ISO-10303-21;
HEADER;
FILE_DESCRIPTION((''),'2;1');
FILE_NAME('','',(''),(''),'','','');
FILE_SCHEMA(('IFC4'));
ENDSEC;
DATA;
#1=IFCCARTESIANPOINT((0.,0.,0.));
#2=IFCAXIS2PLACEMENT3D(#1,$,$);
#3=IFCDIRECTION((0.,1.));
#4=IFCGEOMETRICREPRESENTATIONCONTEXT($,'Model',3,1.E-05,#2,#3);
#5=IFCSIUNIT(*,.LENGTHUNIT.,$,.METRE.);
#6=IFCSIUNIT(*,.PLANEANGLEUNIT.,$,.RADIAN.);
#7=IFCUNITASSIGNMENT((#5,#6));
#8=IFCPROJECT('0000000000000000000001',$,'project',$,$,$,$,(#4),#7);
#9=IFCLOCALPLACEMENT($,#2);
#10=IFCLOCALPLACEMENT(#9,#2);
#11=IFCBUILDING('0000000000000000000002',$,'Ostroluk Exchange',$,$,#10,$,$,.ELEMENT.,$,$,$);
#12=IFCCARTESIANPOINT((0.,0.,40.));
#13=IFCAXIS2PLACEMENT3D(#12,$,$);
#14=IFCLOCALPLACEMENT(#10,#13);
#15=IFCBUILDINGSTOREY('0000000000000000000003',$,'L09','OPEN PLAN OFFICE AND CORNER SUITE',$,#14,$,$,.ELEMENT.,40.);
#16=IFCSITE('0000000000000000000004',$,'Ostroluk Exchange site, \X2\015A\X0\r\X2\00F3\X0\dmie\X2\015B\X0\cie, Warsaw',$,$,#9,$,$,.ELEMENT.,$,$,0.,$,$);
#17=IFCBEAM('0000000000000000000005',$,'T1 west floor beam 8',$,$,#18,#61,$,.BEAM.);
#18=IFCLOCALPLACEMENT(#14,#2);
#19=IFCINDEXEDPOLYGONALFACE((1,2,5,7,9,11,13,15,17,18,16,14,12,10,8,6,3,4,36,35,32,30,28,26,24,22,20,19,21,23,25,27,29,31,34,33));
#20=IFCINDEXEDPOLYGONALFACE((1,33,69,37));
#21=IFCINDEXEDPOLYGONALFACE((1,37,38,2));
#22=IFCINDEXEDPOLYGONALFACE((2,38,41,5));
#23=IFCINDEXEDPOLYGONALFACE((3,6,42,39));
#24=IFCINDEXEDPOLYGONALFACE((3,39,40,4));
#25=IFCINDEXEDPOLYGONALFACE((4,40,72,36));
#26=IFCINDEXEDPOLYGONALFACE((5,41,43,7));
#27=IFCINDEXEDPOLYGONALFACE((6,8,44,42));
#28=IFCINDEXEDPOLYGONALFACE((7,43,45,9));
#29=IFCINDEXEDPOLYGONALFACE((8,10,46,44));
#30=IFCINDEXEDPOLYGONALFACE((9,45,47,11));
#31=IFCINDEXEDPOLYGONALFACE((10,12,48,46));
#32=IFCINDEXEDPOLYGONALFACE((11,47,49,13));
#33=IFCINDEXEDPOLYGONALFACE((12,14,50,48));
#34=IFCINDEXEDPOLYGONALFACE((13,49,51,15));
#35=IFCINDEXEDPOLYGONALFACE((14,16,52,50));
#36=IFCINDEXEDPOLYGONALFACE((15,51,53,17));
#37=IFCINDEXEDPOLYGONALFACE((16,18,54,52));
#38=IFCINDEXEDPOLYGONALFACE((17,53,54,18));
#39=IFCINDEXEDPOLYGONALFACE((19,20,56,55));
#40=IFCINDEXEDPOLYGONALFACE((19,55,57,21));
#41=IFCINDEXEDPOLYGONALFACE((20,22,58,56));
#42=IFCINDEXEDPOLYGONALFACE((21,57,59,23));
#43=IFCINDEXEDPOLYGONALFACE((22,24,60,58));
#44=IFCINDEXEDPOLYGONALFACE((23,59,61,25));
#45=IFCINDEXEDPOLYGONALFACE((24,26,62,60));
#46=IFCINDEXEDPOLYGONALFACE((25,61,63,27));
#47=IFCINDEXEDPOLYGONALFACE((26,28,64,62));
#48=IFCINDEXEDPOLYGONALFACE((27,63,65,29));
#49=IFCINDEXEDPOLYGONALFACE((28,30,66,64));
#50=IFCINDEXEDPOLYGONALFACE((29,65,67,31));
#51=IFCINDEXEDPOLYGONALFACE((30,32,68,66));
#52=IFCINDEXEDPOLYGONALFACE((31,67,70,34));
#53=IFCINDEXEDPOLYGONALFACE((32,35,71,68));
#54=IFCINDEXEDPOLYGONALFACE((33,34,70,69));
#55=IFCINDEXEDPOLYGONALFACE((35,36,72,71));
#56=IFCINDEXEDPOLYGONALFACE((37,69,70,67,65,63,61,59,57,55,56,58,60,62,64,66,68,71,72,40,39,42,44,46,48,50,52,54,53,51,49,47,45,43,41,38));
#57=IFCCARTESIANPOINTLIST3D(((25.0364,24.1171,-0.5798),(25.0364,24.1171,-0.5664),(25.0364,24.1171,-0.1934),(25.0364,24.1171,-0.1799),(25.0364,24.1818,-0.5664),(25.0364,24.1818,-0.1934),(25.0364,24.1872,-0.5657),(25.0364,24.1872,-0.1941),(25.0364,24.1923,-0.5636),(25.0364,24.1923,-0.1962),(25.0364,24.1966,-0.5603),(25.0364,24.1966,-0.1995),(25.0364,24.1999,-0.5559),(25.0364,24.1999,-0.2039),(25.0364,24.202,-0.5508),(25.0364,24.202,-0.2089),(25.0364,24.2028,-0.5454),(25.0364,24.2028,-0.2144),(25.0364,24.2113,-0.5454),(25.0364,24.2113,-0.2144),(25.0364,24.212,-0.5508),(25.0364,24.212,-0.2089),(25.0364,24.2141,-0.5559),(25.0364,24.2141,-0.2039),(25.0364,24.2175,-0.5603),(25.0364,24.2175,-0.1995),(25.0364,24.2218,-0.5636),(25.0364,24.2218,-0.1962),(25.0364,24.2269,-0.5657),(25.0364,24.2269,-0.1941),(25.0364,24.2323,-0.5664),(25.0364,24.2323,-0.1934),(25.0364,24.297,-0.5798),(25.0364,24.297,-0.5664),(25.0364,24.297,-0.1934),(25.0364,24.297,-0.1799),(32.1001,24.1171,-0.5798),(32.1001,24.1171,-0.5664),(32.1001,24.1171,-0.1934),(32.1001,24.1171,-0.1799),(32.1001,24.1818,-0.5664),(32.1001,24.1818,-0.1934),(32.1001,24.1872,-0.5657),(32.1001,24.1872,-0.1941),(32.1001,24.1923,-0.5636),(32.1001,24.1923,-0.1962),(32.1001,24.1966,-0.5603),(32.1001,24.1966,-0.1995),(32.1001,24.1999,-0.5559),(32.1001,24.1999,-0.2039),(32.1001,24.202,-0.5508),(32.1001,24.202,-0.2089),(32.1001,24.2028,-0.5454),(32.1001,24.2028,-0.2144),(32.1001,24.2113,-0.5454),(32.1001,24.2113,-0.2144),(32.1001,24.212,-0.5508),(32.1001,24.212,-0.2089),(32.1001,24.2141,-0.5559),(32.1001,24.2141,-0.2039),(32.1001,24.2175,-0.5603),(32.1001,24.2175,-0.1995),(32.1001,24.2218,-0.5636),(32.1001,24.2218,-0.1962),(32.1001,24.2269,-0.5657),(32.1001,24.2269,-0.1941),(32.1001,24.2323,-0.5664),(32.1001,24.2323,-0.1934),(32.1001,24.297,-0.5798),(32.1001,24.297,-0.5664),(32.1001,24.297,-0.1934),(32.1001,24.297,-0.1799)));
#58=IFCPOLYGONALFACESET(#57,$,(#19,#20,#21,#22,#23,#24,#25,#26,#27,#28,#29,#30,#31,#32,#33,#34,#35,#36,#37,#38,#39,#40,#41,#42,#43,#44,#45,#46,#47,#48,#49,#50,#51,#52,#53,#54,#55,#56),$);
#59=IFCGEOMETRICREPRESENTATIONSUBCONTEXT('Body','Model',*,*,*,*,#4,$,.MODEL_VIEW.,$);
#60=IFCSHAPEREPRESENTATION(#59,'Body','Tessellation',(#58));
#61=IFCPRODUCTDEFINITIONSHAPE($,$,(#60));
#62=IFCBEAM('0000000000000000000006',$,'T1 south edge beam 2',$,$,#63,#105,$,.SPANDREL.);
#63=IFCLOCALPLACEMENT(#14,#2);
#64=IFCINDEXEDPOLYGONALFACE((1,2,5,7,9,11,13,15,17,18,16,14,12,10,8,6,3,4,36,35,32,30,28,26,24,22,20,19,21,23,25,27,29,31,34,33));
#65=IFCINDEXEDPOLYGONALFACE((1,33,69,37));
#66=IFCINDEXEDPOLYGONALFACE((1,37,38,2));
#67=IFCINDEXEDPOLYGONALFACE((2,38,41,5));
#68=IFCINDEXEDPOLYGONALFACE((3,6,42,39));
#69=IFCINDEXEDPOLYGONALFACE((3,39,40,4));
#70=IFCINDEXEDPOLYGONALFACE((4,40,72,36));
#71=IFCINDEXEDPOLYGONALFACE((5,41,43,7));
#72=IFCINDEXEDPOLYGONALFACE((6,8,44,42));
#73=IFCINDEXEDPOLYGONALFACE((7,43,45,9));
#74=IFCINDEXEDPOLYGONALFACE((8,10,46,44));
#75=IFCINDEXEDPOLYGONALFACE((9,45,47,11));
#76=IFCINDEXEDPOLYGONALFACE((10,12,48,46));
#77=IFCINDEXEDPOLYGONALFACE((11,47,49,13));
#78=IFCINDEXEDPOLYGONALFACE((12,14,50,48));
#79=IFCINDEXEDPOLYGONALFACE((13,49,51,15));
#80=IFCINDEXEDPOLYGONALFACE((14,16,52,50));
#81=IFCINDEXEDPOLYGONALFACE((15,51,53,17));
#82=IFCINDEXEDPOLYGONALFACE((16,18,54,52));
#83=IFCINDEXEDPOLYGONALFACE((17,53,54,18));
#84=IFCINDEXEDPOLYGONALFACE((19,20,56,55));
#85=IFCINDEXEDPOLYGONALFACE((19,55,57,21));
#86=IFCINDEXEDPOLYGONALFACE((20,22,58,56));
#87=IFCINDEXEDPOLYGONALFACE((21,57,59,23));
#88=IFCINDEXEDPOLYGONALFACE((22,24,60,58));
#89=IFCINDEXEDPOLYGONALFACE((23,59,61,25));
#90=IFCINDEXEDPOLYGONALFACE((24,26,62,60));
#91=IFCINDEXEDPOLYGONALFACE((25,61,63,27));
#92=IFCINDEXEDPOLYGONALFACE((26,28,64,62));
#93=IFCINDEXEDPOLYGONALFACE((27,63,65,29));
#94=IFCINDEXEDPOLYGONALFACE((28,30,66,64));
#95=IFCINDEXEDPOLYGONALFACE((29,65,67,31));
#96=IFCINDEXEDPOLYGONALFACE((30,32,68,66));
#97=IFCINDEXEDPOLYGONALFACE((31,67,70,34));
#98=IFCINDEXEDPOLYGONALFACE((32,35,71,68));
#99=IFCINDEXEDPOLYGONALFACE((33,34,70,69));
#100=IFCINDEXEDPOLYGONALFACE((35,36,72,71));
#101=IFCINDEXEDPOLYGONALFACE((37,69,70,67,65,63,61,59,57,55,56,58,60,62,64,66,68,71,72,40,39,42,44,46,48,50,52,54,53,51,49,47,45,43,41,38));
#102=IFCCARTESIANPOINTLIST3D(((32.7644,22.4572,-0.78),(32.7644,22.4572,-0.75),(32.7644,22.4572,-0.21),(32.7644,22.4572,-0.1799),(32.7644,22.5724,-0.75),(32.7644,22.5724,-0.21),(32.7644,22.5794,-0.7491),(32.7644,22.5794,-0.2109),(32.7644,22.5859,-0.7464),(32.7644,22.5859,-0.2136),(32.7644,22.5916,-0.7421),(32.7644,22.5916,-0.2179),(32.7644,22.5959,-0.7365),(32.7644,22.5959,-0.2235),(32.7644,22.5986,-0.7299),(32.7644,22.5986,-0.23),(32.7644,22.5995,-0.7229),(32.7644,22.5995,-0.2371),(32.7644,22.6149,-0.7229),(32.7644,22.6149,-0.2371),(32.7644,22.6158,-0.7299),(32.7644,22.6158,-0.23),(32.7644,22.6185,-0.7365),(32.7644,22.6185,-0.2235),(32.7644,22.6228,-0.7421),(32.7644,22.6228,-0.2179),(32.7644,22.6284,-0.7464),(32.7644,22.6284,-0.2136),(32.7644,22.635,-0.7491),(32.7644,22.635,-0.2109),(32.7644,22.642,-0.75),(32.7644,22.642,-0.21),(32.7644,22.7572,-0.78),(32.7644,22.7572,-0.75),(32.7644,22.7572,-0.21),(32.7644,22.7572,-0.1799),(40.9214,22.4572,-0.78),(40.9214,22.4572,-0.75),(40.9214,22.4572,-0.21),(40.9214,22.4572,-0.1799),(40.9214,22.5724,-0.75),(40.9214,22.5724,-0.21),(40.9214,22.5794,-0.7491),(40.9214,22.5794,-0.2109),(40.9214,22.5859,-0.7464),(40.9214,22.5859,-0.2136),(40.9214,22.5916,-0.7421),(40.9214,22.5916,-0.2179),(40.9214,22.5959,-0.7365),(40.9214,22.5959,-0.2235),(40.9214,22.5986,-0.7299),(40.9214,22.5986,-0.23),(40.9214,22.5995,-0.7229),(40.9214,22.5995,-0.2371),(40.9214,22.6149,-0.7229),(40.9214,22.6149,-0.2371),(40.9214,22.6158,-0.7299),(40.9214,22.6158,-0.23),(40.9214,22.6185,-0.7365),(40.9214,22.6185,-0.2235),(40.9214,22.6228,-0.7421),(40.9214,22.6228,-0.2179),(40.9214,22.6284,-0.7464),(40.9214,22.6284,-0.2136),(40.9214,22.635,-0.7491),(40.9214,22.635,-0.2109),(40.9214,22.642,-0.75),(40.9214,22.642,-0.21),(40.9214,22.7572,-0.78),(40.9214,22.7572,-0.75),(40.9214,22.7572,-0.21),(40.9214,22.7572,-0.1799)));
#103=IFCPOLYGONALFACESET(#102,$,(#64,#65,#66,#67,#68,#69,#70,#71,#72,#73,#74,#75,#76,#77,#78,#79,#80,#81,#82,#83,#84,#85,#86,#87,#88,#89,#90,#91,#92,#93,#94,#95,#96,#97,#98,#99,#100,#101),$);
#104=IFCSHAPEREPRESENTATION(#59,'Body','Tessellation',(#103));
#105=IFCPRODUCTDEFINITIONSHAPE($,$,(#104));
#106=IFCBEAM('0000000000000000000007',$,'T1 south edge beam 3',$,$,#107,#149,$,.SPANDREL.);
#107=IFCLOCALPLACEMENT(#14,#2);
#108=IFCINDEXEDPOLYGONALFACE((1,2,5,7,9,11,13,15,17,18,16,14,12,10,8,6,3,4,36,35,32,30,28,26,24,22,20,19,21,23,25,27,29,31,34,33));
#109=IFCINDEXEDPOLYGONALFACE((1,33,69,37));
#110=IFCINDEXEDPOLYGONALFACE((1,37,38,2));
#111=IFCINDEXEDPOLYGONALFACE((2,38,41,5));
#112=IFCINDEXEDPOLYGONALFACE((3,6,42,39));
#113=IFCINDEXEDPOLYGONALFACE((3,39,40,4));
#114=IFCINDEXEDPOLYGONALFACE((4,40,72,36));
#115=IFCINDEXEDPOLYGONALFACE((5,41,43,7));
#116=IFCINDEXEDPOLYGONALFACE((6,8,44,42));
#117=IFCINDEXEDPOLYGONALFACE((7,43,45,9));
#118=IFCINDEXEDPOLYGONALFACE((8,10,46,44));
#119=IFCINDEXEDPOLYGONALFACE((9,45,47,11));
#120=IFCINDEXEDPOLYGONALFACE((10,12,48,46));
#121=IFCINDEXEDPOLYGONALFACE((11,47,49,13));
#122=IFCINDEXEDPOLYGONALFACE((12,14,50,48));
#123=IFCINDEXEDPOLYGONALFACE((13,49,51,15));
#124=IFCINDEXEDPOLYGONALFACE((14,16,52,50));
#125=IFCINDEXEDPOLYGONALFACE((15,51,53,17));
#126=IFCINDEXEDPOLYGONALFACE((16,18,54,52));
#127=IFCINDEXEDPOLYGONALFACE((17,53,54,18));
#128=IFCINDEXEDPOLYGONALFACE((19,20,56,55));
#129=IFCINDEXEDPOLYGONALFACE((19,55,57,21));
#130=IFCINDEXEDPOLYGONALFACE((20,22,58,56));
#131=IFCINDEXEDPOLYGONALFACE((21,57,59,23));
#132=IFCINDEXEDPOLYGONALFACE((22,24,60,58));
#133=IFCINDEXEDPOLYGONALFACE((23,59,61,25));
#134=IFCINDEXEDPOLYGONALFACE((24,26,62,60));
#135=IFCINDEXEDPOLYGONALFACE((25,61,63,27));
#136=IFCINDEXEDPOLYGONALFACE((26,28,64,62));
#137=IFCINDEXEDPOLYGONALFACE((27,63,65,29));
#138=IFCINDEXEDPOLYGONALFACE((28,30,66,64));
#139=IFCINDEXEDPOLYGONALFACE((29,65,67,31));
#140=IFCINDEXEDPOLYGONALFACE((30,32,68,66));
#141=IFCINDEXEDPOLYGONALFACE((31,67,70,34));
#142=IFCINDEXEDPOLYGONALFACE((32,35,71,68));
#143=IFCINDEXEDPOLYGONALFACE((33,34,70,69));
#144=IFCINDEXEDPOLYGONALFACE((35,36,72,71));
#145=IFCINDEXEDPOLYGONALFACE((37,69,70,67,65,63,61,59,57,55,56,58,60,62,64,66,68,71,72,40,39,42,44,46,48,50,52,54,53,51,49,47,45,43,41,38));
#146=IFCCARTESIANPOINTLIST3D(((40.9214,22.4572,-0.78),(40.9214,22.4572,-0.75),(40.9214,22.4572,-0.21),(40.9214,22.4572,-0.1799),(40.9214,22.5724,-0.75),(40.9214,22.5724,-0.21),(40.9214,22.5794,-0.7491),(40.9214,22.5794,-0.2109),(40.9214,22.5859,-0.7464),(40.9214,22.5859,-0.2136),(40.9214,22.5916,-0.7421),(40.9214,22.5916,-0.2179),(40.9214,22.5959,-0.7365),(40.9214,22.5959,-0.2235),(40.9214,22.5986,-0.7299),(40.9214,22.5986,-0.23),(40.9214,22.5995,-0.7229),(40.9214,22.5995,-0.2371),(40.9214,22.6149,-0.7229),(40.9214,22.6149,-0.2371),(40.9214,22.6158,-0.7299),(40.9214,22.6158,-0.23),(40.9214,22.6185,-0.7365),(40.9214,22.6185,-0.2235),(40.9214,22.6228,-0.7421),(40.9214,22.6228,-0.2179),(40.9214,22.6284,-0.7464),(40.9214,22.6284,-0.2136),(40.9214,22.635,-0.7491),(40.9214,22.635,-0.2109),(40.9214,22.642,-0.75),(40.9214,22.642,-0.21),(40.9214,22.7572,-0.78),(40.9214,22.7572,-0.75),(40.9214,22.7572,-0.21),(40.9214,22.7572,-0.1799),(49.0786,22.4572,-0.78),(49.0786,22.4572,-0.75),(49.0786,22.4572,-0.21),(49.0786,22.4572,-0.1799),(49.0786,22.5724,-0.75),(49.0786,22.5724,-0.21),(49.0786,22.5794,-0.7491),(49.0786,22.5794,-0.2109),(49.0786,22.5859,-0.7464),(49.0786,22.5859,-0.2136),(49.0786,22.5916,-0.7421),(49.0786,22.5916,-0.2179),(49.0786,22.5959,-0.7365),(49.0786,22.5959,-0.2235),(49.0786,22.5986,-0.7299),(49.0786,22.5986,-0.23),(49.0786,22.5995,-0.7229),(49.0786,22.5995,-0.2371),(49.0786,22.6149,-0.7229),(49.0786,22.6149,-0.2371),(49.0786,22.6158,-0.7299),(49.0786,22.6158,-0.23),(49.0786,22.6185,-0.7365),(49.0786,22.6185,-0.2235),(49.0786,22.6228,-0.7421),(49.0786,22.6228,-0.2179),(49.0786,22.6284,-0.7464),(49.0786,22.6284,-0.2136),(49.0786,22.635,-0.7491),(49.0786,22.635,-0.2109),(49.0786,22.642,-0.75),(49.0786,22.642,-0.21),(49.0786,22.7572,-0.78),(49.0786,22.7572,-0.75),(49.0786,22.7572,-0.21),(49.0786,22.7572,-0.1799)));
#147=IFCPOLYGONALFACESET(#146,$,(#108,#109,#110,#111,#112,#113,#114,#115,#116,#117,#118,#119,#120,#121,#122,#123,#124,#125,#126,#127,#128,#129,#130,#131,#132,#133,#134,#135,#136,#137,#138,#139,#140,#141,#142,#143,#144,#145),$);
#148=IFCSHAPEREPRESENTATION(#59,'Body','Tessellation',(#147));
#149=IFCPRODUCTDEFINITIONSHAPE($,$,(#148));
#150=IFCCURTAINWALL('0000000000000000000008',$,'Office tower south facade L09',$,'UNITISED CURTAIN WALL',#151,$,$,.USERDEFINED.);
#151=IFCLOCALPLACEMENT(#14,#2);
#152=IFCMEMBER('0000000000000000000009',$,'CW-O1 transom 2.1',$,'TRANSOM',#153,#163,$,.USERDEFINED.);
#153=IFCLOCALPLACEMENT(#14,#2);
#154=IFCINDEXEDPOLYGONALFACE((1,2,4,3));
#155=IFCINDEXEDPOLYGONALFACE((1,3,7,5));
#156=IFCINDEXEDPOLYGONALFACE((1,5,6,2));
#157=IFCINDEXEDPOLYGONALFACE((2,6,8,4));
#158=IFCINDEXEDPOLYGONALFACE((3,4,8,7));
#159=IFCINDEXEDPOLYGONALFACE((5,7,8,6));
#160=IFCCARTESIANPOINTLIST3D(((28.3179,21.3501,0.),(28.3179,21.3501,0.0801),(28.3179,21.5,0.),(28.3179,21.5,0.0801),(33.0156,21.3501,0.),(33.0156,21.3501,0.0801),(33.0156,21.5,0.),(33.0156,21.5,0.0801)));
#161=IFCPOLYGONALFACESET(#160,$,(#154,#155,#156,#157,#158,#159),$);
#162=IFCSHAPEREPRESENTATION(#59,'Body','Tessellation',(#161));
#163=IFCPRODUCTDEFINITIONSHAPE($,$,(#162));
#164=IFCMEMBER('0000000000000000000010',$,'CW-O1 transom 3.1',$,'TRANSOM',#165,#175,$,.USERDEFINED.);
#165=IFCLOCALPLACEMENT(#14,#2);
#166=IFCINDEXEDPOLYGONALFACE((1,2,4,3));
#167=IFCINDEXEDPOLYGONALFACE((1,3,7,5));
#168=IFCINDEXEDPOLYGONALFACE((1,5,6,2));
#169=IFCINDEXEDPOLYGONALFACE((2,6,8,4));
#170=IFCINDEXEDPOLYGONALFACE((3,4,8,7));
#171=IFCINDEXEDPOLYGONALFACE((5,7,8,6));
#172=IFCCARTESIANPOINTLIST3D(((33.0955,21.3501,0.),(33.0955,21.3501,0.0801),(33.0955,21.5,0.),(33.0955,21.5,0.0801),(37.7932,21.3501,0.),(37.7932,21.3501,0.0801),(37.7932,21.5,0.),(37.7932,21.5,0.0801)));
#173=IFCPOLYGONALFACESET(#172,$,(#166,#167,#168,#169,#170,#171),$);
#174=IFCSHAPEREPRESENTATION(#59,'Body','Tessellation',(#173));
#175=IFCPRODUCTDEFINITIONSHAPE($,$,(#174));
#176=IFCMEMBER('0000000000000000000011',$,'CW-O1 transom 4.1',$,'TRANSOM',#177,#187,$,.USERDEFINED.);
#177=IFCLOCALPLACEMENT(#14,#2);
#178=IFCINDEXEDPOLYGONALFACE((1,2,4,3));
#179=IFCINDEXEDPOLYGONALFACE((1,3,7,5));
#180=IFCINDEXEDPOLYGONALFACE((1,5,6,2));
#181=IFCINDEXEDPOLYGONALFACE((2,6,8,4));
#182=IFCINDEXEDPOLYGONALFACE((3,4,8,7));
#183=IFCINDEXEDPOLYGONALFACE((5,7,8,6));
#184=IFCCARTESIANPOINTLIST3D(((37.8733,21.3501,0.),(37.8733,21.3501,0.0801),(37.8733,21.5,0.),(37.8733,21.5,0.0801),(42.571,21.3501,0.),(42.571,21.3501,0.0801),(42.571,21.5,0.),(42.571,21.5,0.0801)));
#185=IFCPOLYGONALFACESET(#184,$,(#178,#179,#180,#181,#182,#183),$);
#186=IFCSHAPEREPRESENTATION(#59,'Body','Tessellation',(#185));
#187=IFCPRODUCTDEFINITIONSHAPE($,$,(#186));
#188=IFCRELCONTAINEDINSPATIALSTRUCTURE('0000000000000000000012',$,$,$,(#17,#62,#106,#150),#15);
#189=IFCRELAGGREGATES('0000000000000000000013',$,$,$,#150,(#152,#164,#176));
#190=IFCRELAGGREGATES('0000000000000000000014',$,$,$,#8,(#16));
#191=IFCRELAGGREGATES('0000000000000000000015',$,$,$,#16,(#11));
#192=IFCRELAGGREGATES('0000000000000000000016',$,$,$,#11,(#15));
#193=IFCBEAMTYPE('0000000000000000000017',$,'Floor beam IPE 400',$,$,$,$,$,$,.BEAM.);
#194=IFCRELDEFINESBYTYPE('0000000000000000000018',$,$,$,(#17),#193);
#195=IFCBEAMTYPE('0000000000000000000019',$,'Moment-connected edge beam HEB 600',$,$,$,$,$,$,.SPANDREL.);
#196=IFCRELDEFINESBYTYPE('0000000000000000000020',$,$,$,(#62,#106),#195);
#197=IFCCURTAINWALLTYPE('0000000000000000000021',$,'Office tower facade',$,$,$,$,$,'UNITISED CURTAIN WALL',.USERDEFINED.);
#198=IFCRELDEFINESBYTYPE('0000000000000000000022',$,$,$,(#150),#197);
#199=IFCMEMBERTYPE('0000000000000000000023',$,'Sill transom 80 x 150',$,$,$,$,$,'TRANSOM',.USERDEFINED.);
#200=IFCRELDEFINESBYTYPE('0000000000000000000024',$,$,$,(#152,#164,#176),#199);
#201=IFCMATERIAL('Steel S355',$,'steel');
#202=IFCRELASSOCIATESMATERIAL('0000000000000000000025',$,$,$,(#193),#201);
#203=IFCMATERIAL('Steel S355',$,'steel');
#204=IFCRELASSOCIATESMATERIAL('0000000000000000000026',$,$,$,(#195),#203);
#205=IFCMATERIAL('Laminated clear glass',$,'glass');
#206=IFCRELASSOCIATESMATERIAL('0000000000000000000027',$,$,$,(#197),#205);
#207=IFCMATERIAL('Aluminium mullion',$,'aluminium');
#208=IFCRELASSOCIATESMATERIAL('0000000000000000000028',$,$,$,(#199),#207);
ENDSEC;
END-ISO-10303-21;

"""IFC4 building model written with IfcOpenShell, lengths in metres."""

from ifc_helpers import new_model, si_unit, direction, frame, origin, origin_2d, place, context, subcontext, project, spatial, rectangle, i_section, extrude, material, material_profile, profile_set, type_object, element, aggregate, save


model = new_model("IFC4")

# Units and contexts
model_context = context("Model", 3, precision=1e-05, world=origin(), true_north=direction((0.0, 1.0)))
body_context = subcontext(model_context, "Body", "Model", "MODEL_VIEW")
ifc_project = project(units=[si_unit("LENGTHUNIT", "METRE"), si_unit("PLANEANGLEUNIT", "RADIAN")], contexts=[model_context])

# Site, building, storey
site_placement = place(None, origin())
site = spatial("IfcSite", under=ifc_project, at=site_placement, Name="Ostroluk Exchange site, Śródmieście, Warsaw", CompositionType="ELEMENT", RefElevation=0.0)
building_placement = place(site_placement, origin())
building = spatial("IfcBuilding", under=site, at=building_placement, Name="Ostroluk Exchange", CompositionType="ELEMENT")
storey_placement = place(building_placement, frame((0.0, 0.0, 40.0)))
storey = spatial("IfcBuildingStorey", under=building, at=storey_placement, Name="L09", Description="OPEN PLAN OFFICE AND CORNER SUITE", CompositionType="ELEMENT", Elevation=40.0)

# Beams
ifc_material_1 = material(Name="Steel S355", Category="steel")
ifc_material_profile_1 = material_profile(ifc_material_1, i_section(OverallWidth=0.1799, OverallDepth=0.3999, WebThickness=0.0085, FlangeThickness=0.0134, FilletRadius=0.021, at=origin_2d()), Name="IPE 400")
ifc_profile_set_1 = profile_set([ifc_material_profile_1], Name="Steel S355")
beam_type_1 = type_object("IfcBeamType", Name="Floor beam IPE 400", PredefinedType="BEAM", material=ifc_profile_set_1)
beam_1_placement = place(storey_placement, frame((32.1001, 24.207, -0.3799), z_axis=(-1.0, 0.0, 0.0), x_axis=(0.0, -1.0, 0.0)))
element("IfcBeam", 1, at=beam_1_placement, inside=storey, type_object=beam_type_1, Name="T1 west floor beam 8", PredefinedType="BEAM", context=body_context, shape_type="SweptSolid", body=[
    extrude(i_section(OverallWidth=0.1799, OverallDepth=0.3999, WebThickness=0.0085, FlangeThickness=0.0134, FilletRadius=0.021, at=origin_2d()), origin(), (0.0, 0.0, 1.0), 7.0637),
])
ifc_material_2 = material(Name="Steel S355", Category="steel")
ifc_material_profile_2 = material_profile(ifc_material_2, i_section(OverallWidth=0.3, OverallDepth=0.6001, WebThickness=0.0154, FlangeThickness=0.03, FilletRadius=0.0271, at=origin_2d()), Name="HEB 600")
ifc_profile_set_2 = profile_set([ifc_material_profile_2], Name="Steel S355")
beam_type_2 = type_object("IfcBeamType", Name="Moment-connected edge beam HEB 600", PredefinedType="SPANDREL", material=ifc_profile_set_2)
beam_2_placement = place(storey_placement, frame((32.7644, 22.6072, -0.48), z_axis=(1.0, 0.0, 0.0), x_axis=(0.0, 1.0, 0.0)))
element("IfcBeam", 2, at=beam_2_placement, inside=storey, type_object=beam_type_2, Name="T1 south edge beam 2", PredefinedType="SPANDREL", context=body_context, shape_type="SweptSolid", body=[
    extrude(i_section(OverallWidth=0.3, OverallDepth=0.6001, WebThickness=0.0154, FlangeThickness=0.03, FilletRadius=0.0271, at=origin_2d()), origin(), (0.0, 0.0, 1.0), 8.157),
])
beam_3_placement = place(storey_placement, frame((40.9214, 22.6072, -0.48), z_axis=(1.0, 0.0, 0.0), x_axis=(0.0, 1.0, 0.0)))
element("IfcBeam", 3, at=beam_3_placement, inside=storey, type_object=beam_type_2, Name="T1 south edge beam 3", PredefinedType="SPANDREL", context=body_context, shape_type="SweptSolid", body=[
    extrude(i_section(OverallWidth=0.3, OverallDepth=0.6001, WebThickness=0.0154, FlangeThickness=0.03, FilletRadius=0.0271, at=origin_2d()), origin(), (0.0, 0.0, 1.0), 8.1572),
])

# Curtain wall, members
ifc_material_3 = material(Name="Laminated clear glass", Category="glass")
curtain_wall_type = type_object("IfcCurtainWallType", Name="Office tower facade", ElementType="UNITISED CURTAIN WALL", PredefinedType="USERDEFINED", material=ifc_material_3)
curtain_wall_placement = place(storey_placement, origin())
curtain_wall = element("IfcCurtainWall", 4, at=curtain_wall_placement, inside=storey, type_object=curtain_wall_type, Name="Office tower south facade L09", ObjectType="UNITISED CURTAIN WALL", PredefinedType="USERDEFINED")
ifc_material_4 = material(Name="Aluminium mullion", Category="aluminium")
ifc_material_profile_3 = material_profile(ifc_material_4, rectangle(XDim=0.1499, YDim=0.0801, at=origin_2d()), Name="Sill transom 80 x 150")
ifc_profile_set_3 = profile_set([ifc_material_profile_3], Name="Aluminium mullion")
member_type_1 = type_object("IfcMemberType", Name="Sill transom 80 x 150", ElementType="TRANSOM", PredefinedType="USERDEFINED", material=ifc_profile_set_3)
member_1_placement = place(storey_placement, frame((28.3179, 21.425, 0.04), z_axis=(1.0, 0.0, 0.0), x_axis=(0.0, 1.0, 0.0)))
member_1 = element("IfcMember", 5, at=member_1_placement, type_object=member_type_1, Name="CW-O1 transom 2.1", ObjectType="TRANSOM", PredefinedType="USERDEFINED", context=body_context, shape_type="SweptSolid", body=[
    extrude(rectangle(XDim=0.1499, YDim=0.0801, at=origin_2d()), origin(), (0.0, 0.0, 1.0), 4.6978),
])
member_2_placement = place(storey_placement, frame((33.0955, 21.425, 0.04), z_axis=(1.0, 0.0, 0.0), x_axis=(0.0, 1.0, 0.0)))
member_2 = element("IfcMember", 6, at=member_2_placement, type_object=member_type_1, Name="CW-O1 transom 3.1", ObjectType="TRANSOM", PredefinedType="USERDEFINED", context=body_context, shape_type="SweptSolid", body=[
    extrude(rectangle(XDim=0.1499, YDim=0.0801, at=origin_2d()), origin(), (0.0, 0.0, 1.0), 4.6978),
])
member_3_placement = place(storey_placement, frame((37.8733, 21.425, 0.04), z_axis=(1.0, 0.0, 0.0), x_axis=(0.0, 1.0, 0.0)))
member_3 = element("IfcMember", 7, at=member_3_placement, type_object=member_type_1, Name="CW-O1 transom 4.1", ObjectType="TRANSOM", PredefinedType="USERDEFINED", context=body_context, shape_type="SweptSolid", body=[
    extrude(rectangle(XDim=0.1499, YDim=0.0801, at=origin_2d()), origin(), (0.0, 0.0, 1.0), 4.6978),
])
aggregate(curtain_wall, [member_1, member_2, member_3])

save(model, "model.ifc")
